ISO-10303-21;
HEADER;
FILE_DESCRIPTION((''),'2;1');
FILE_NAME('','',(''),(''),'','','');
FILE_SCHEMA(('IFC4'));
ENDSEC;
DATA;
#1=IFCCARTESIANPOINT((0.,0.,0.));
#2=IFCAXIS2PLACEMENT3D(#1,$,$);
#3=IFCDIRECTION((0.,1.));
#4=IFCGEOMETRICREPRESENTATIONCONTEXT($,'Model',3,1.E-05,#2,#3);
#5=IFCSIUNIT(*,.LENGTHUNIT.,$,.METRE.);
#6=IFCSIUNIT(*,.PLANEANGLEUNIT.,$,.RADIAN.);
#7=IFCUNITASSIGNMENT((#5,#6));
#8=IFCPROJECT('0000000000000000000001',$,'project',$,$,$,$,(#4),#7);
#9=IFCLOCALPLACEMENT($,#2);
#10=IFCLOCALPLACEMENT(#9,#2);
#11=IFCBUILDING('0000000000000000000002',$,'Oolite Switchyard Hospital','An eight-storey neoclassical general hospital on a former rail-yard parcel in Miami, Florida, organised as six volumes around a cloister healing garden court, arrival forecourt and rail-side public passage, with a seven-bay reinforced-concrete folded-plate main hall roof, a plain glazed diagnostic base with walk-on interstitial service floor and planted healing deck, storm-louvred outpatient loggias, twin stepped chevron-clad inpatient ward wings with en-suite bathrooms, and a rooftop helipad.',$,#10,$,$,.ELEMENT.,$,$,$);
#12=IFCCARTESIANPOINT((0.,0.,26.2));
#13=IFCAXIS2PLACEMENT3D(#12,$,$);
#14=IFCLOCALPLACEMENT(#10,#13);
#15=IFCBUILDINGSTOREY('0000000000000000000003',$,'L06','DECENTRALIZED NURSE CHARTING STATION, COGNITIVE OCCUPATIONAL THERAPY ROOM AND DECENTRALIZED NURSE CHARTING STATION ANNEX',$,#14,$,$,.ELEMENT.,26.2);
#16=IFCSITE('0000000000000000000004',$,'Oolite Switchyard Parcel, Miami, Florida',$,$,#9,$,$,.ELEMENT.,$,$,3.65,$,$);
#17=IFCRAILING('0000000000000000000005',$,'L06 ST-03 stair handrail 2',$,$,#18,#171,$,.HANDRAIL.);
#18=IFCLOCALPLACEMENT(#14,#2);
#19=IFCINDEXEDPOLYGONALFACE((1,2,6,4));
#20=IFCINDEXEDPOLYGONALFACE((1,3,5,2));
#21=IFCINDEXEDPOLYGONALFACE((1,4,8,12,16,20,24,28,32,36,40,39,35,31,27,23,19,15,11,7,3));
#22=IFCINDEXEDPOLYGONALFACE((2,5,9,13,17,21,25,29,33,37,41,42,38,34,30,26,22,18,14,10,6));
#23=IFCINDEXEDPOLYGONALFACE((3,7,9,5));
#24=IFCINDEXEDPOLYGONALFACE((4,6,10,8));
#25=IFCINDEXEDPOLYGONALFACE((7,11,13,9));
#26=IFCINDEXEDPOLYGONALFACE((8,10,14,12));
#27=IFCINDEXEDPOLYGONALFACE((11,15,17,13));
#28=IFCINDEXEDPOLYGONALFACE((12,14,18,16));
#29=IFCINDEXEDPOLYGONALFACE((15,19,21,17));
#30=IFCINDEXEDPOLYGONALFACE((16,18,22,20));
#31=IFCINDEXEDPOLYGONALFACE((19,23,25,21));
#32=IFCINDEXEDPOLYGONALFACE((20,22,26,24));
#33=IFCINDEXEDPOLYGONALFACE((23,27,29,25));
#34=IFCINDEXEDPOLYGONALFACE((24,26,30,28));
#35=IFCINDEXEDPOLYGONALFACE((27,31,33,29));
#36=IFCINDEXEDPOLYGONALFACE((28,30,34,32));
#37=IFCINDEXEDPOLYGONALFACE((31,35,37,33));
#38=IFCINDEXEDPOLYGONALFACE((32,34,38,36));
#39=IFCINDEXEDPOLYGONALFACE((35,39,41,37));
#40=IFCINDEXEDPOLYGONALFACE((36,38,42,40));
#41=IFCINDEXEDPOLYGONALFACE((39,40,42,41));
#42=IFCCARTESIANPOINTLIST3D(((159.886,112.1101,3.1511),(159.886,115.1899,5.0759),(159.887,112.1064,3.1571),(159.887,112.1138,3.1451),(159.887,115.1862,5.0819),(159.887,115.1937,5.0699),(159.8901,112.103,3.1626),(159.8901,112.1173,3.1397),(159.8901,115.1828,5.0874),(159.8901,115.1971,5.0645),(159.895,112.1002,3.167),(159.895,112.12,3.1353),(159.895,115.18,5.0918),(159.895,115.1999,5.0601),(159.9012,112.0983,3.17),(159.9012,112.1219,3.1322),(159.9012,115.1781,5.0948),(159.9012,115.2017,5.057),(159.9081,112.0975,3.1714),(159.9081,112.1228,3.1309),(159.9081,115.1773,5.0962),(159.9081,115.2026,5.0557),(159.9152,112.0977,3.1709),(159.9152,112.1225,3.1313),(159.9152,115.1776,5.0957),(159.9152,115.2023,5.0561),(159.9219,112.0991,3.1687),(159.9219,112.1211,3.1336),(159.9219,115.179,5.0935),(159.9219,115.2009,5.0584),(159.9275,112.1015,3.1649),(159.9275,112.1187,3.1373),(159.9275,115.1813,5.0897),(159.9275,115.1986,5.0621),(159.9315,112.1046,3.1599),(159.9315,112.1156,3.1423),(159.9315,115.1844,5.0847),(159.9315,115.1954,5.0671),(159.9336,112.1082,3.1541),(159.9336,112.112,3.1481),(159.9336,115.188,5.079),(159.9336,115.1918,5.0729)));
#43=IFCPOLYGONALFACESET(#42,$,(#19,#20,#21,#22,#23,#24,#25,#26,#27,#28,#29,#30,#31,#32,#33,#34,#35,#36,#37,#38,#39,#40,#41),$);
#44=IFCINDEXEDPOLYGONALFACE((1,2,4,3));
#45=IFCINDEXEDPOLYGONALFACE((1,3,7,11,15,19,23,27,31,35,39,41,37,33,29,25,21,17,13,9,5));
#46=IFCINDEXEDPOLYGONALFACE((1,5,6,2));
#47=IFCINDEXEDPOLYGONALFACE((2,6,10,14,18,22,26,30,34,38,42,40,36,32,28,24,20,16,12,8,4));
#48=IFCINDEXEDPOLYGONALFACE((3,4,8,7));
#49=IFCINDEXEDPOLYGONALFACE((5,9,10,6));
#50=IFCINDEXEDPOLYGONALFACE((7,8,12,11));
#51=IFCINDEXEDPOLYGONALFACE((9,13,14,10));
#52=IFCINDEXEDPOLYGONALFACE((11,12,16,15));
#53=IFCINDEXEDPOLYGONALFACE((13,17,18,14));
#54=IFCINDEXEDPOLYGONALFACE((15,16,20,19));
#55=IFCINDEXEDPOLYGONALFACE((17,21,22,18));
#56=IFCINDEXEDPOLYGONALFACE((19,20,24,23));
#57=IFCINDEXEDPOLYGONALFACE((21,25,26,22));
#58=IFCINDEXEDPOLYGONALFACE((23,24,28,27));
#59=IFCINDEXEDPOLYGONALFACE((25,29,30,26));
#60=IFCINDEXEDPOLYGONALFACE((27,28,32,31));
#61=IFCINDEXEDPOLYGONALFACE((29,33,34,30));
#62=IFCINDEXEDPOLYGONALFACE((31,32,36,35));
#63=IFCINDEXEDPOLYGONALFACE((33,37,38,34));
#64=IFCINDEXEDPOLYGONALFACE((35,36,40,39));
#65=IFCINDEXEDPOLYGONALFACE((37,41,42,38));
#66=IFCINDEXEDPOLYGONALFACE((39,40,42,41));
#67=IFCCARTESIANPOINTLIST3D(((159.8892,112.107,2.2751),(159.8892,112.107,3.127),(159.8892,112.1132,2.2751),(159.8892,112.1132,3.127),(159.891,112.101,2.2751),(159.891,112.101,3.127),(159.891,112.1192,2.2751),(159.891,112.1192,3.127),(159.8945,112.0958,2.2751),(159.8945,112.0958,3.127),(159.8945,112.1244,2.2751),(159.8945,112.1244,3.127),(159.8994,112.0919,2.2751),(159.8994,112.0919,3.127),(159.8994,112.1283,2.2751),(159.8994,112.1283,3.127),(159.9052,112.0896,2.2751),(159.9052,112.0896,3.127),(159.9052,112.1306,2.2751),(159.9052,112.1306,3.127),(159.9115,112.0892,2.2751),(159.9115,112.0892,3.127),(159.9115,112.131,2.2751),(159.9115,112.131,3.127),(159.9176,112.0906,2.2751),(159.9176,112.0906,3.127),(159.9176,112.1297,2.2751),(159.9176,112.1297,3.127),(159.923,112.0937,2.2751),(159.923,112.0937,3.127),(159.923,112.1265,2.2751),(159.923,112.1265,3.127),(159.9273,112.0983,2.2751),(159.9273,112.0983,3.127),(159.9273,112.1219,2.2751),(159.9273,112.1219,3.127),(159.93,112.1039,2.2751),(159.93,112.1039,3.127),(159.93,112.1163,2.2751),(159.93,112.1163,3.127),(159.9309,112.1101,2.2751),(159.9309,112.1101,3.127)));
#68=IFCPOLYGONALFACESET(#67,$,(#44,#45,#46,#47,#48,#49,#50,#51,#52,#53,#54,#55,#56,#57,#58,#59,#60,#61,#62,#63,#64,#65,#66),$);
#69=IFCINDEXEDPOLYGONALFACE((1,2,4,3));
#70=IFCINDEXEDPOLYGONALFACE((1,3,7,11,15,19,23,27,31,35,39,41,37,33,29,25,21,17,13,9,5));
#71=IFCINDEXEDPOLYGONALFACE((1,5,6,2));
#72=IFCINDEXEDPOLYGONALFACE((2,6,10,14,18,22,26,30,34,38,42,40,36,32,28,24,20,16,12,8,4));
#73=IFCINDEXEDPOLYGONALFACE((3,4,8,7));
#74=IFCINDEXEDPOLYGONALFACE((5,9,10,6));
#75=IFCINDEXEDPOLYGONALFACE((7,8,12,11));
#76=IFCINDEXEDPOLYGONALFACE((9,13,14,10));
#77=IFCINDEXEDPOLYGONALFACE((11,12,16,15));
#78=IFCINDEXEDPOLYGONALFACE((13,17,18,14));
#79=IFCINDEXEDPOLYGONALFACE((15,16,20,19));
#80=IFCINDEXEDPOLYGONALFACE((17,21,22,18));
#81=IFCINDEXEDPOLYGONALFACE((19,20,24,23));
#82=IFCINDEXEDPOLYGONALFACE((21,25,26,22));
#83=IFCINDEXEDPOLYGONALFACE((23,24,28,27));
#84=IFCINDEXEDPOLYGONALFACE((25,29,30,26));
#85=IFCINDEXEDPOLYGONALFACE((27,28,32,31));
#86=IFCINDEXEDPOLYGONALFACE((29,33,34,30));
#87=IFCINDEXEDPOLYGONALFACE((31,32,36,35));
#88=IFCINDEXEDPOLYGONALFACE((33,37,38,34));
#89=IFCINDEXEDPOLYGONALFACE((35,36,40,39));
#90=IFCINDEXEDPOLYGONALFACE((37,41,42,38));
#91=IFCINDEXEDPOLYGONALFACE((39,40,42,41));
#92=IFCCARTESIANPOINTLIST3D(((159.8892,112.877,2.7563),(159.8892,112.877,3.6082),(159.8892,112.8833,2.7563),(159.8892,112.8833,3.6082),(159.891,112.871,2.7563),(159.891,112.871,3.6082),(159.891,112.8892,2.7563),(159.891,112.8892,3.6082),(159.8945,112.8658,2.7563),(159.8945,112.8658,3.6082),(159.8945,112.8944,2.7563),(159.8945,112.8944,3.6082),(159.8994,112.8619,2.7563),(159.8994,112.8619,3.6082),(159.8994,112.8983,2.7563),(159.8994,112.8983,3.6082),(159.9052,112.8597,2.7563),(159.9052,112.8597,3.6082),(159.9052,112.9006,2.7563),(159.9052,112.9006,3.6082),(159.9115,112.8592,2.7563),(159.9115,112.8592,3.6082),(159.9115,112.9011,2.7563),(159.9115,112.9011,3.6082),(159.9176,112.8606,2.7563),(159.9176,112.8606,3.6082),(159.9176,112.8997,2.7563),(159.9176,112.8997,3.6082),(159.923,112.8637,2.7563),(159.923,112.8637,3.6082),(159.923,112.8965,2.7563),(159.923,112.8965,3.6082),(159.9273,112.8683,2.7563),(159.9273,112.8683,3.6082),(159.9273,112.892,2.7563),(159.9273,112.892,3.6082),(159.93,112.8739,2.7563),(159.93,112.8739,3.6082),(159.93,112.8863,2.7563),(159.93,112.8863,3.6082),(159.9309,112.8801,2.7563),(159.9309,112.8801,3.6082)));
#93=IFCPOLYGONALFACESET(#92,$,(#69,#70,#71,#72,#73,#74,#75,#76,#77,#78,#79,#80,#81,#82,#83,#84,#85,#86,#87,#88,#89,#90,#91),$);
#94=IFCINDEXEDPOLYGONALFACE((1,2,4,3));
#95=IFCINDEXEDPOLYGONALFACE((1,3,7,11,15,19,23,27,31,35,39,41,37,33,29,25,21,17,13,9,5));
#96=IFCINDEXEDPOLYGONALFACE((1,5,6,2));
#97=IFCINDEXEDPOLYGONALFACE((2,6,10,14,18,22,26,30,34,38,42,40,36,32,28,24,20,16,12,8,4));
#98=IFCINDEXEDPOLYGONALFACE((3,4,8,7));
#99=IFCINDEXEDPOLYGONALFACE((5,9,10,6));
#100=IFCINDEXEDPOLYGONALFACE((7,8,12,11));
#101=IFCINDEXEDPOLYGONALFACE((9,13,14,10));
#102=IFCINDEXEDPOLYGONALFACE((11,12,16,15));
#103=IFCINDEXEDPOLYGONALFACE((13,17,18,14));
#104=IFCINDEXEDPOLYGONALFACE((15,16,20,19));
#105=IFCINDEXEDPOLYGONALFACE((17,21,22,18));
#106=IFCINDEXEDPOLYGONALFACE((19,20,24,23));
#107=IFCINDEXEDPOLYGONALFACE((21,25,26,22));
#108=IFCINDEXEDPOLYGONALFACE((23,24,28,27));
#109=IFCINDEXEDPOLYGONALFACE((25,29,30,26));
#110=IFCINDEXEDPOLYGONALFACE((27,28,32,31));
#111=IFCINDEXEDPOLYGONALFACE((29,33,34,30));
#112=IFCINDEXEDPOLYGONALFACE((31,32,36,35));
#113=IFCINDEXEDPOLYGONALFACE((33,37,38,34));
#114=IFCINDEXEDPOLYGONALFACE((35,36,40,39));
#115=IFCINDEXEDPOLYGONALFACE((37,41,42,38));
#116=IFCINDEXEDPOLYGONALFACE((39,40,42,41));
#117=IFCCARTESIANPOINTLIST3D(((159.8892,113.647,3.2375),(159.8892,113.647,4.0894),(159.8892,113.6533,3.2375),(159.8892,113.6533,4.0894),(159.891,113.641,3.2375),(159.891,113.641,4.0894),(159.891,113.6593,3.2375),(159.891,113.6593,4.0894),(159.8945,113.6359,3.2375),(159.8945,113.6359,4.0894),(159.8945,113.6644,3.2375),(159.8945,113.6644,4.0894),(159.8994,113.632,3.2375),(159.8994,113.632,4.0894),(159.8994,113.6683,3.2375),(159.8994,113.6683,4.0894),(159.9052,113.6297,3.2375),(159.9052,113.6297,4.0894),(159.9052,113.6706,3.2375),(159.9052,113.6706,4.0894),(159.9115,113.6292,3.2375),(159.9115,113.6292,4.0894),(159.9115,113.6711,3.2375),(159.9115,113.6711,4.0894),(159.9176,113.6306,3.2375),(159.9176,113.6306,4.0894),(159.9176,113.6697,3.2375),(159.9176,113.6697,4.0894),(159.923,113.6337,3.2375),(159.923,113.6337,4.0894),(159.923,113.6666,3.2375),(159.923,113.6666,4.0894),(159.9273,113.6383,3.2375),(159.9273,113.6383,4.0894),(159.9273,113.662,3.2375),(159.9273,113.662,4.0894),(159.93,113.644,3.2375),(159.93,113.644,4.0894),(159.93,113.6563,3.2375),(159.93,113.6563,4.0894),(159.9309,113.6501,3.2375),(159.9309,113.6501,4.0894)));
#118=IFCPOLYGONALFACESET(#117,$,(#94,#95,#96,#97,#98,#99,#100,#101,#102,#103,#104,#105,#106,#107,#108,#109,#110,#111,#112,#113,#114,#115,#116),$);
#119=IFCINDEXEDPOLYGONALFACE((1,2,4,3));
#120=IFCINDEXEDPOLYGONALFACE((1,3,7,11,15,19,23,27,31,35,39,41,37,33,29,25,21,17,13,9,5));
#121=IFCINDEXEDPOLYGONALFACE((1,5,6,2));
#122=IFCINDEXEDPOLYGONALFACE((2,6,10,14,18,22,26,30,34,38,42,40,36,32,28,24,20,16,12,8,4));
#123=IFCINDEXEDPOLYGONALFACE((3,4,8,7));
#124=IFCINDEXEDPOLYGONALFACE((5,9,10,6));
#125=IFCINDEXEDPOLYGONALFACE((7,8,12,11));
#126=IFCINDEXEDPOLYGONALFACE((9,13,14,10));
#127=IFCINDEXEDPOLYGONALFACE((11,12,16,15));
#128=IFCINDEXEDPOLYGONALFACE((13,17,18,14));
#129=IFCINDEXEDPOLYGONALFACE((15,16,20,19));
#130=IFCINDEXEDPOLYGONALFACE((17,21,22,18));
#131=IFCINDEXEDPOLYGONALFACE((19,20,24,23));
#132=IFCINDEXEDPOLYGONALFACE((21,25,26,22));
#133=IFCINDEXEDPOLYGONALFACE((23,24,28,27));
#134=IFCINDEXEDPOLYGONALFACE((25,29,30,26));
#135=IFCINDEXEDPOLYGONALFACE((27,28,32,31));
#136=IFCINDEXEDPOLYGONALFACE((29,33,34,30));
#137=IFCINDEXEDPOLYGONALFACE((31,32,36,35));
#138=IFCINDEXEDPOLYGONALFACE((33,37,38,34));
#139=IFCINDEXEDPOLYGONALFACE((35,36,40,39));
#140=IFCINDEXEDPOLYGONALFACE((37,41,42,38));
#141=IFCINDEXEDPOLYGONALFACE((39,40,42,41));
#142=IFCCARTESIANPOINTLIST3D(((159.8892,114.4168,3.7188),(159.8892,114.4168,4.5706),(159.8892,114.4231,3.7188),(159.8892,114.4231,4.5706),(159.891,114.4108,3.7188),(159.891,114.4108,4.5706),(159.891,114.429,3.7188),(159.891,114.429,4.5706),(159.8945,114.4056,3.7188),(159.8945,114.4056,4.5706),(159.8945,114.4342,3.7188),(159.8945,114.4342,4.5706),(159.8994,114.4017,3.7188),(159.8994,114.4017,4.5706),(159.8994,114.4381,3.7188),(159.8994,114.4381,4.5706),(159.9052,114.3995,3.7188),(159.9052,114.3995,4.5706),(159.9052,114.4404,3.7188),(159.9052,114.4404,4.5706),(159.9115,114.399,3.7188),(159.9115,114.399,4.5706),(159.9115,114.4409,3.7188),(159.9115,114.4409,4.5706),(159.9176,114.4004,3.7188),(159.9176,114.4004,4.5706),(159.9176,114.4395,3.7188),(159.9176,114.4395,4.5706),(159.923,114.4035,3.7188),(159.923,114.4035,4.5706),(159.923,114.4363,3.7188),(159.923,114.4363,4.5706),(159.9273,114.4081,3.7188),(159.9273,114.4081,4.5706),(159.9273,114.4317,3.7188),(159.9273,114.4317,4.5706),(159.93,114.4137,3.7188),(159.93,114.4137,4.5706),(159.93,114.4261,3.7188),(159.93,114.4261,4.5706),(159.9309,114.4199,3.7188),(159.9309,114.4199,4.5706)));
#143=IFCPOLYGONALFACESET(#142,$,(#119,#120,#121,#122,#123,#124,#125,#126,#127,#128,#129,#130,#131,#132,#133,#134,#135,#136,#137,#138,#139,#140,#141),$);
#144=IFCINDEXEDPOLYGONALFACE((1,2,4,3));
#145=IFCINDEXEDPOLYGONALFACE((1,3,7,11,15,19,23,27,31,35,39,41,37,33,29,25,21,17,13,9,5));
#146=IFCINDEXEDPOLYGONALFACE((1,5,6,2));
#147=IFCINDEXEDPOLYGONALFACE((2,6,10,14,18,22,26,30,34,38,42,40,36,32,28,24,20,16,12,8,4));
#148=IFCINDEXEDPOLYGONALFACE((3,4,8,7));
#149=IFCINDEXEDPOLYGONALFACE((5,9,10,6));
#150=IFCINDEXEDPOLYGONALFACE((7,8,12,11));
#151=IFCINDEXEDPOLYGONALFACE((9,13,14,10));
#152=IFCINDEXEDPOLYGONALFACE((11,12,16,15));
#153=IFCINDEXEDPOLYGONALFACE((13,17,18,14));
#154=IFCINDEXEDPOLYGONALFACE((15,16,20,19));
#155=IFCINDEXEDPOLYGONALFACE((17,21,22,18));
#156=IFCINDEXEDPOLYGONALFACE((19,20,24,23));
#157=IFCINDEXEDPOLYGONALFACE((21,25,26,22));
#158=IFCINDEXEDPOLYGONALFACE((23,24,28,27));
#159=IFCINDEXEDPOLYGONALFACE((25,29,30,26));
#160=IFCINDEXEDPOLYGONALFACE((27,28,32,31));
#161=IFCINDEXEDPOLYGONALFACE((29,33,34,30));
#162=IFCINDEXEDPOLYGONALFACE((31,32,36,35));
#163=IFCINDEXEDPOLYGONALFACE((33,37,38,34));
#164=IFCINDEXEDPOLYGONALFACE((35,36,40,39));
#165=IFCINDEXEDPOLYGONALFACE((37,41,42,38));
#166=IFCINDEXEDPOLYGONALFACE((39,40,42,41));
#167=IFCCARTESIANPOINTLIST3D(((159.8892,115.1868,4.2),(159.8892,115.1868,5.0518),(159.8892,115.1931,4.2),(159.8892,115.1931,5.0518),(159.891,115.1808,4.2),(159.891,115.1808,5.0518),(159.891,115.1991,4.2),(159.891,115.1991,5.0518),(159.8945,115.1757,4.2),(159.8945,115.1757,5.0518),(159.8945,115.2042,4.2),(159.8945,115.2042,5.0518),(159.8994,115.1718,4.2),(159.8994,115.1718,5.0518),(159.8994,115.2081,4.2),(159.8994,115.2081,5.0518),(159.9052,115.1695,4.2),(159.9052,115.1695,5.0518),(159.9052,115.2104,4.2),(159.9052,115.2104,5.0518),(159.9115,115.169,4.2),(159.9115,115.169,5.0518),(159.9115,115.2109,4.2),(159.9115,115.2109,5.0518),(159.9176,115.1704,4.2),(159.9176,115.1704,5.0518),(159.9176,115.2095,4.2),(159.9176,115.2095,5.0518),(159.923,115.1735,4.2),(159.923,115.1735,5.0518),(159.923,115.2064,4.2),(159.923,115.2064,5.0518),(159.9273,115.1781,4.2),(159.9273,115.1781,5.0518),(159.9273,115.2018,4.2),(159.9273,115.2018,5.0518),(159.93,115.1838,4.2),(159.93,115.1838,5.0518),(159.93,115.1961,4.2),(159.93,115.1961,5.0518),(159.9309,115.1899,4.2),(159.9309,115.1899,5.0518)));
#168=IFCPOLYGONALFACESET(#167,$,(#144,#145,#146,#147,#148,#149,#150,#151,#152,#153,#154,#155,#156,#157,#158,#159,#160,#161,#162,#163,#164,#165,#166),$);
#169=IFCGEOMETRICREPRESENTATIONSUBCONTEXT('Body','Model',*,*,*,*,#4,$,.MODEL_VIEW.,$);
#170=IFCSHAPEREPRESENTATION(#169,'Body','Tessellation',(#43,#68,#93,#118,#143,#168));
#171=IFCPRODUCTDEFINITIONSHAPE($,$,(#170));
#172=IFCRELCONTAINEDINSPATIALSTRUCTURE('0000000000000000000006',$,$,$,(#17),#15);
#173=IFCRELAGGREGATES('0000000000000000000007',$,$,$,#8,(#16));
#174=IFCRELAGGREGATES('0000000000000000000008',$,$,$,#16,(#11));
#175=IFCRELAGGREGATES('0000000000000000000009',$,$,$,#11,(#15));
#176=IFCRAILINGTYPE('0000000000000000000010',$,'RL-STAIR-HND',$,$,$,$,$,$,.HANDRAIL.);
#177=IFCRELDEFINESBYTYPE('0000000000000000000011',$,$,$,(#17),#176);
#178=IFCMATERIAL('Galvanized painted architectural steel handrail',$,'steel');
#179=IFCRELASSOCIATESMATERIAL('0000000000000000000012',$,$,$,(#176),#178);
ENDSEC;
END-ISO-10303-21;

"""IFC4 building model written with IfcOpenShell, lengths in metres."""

from ifc_helpers import new_model, si_unit, direction, frame, origin, origin_2d, place, context, subcontext, project, spatial, circle, extrude, material, type_object, element, save


model = new_model("IFC4")

# Units and contexts
model_context = context("Model", 3, precision=1e-05, world=origin(), true_north=direction((0.0, 1.0)))
body_context = subcontext(model_context, "Body", "Model", "MODEL_VIEW")
ifc_project = project(units=[si_unit("LENGTHUNIT", "METRE"), si_unit("PLANEANGLEUNIT", "RADIAN")], contexts=[model_context])

# Site, building, storey
site_placement = place(None, origin())
site = spatial("IfcSite", under=ifc_project, at=site_placement, Name="Oolite Switchyard Parcel, Miami, Florida", CompositionType="ELEMENT", RefElevation=3.65)
building_placement = place(site_placement, origin())
building = spatial("IfcBuilding", under=site, at=building_placement, Name="Oolite Switchyard Hospital", Description="An eight-storey neoclassical general hospital on a former rail-yard parcel in Miami, Florida, organised as six volumes around a cloister healing garden court, arrival forecourt and rail-side public passage, with a seven-bay reinforced-concrete folded-plate main hall roof, a plain glazed diagnostic base with walk-on interstitial service floor and planted healing deck, storm-louvred outpatient loggias, twin stepped chevron-clad inpatient ward wings with en-suite bathrooms, and a rooftop helipad.", CompositionType="ELEMENT")
storey_placement = place(building_placement, frame((0.0, 0.0, 26.2)))
storey = spatial("IfcBuildingStorey", under=building, at=storey_placement, Name="L06", Description="DECENTRALIZED NURSE CHARTING STATION, COGNITIVE OCCUPATIONAL THERAPY ROOM AND DECENTRALIZED NURSE CHARTING STATION ANNEX", CompositionType="ELEMENT", Elevation=26.2)

# Railing
ifc_material_1 = material(Name="Galvanized painted architectural steel handrail", Category="steel")
railing_type_1 = type_object("IfcRailingType", Name="RL-STAIR-HND", PredefinedType="HANDRAIL", material=ifc_material_1)
railing_1_placement = place(storey_placement, frame((159.9099, 112.1101, 2.2751)))
element("IfcRailing", 1, at=railing_1_placement, inside=storey, type_object=railing_type_1, Name="L06 ST-03 stair handrail 2", PredefinedType="HANDRAIL", context=body_context, shape_type="SweptSolid", body=[
    extrude(circle(Radius=0.0239, at=origin_2d()), frame((0.0, 0.0, 0.876), z_axis=(0.0, 0.84801, 0.529981), x_axis=(-1.0, 0.0, 0.0)), (0.0, 0.0, 1.0), 3.6318),
    extrude(circle(Radius=0.021, at=origin_2d()), origin(), (0.0, 0.0, 1.0), 0.8518),
    extrude(circle(Radius=0.021, at=origin_2d()), frame((0.0, 0.77, 0.4812)), (0.0, 0.0, 1.0), 0.8518),
    extrude(circle(Radius=0.021, at=origin_2d()), frame((0.0, 1.54, 0.9624)), (0.0, 0.0, 1.0), 0.8518),
    extrude(circle(Radius=0.021, at=origin_2d()), frame((0.0, 2.3098, 1.4436)), (0.0, 0.0, 1.0), 0.8518),
    extrude(circle(Radius=0.021, at=origin_2d()), frame((0.0, 3.0798, 1.9248)), (0.0, 0.0, 1.0), 0.8518),
])

save(model, "model.ifc")
